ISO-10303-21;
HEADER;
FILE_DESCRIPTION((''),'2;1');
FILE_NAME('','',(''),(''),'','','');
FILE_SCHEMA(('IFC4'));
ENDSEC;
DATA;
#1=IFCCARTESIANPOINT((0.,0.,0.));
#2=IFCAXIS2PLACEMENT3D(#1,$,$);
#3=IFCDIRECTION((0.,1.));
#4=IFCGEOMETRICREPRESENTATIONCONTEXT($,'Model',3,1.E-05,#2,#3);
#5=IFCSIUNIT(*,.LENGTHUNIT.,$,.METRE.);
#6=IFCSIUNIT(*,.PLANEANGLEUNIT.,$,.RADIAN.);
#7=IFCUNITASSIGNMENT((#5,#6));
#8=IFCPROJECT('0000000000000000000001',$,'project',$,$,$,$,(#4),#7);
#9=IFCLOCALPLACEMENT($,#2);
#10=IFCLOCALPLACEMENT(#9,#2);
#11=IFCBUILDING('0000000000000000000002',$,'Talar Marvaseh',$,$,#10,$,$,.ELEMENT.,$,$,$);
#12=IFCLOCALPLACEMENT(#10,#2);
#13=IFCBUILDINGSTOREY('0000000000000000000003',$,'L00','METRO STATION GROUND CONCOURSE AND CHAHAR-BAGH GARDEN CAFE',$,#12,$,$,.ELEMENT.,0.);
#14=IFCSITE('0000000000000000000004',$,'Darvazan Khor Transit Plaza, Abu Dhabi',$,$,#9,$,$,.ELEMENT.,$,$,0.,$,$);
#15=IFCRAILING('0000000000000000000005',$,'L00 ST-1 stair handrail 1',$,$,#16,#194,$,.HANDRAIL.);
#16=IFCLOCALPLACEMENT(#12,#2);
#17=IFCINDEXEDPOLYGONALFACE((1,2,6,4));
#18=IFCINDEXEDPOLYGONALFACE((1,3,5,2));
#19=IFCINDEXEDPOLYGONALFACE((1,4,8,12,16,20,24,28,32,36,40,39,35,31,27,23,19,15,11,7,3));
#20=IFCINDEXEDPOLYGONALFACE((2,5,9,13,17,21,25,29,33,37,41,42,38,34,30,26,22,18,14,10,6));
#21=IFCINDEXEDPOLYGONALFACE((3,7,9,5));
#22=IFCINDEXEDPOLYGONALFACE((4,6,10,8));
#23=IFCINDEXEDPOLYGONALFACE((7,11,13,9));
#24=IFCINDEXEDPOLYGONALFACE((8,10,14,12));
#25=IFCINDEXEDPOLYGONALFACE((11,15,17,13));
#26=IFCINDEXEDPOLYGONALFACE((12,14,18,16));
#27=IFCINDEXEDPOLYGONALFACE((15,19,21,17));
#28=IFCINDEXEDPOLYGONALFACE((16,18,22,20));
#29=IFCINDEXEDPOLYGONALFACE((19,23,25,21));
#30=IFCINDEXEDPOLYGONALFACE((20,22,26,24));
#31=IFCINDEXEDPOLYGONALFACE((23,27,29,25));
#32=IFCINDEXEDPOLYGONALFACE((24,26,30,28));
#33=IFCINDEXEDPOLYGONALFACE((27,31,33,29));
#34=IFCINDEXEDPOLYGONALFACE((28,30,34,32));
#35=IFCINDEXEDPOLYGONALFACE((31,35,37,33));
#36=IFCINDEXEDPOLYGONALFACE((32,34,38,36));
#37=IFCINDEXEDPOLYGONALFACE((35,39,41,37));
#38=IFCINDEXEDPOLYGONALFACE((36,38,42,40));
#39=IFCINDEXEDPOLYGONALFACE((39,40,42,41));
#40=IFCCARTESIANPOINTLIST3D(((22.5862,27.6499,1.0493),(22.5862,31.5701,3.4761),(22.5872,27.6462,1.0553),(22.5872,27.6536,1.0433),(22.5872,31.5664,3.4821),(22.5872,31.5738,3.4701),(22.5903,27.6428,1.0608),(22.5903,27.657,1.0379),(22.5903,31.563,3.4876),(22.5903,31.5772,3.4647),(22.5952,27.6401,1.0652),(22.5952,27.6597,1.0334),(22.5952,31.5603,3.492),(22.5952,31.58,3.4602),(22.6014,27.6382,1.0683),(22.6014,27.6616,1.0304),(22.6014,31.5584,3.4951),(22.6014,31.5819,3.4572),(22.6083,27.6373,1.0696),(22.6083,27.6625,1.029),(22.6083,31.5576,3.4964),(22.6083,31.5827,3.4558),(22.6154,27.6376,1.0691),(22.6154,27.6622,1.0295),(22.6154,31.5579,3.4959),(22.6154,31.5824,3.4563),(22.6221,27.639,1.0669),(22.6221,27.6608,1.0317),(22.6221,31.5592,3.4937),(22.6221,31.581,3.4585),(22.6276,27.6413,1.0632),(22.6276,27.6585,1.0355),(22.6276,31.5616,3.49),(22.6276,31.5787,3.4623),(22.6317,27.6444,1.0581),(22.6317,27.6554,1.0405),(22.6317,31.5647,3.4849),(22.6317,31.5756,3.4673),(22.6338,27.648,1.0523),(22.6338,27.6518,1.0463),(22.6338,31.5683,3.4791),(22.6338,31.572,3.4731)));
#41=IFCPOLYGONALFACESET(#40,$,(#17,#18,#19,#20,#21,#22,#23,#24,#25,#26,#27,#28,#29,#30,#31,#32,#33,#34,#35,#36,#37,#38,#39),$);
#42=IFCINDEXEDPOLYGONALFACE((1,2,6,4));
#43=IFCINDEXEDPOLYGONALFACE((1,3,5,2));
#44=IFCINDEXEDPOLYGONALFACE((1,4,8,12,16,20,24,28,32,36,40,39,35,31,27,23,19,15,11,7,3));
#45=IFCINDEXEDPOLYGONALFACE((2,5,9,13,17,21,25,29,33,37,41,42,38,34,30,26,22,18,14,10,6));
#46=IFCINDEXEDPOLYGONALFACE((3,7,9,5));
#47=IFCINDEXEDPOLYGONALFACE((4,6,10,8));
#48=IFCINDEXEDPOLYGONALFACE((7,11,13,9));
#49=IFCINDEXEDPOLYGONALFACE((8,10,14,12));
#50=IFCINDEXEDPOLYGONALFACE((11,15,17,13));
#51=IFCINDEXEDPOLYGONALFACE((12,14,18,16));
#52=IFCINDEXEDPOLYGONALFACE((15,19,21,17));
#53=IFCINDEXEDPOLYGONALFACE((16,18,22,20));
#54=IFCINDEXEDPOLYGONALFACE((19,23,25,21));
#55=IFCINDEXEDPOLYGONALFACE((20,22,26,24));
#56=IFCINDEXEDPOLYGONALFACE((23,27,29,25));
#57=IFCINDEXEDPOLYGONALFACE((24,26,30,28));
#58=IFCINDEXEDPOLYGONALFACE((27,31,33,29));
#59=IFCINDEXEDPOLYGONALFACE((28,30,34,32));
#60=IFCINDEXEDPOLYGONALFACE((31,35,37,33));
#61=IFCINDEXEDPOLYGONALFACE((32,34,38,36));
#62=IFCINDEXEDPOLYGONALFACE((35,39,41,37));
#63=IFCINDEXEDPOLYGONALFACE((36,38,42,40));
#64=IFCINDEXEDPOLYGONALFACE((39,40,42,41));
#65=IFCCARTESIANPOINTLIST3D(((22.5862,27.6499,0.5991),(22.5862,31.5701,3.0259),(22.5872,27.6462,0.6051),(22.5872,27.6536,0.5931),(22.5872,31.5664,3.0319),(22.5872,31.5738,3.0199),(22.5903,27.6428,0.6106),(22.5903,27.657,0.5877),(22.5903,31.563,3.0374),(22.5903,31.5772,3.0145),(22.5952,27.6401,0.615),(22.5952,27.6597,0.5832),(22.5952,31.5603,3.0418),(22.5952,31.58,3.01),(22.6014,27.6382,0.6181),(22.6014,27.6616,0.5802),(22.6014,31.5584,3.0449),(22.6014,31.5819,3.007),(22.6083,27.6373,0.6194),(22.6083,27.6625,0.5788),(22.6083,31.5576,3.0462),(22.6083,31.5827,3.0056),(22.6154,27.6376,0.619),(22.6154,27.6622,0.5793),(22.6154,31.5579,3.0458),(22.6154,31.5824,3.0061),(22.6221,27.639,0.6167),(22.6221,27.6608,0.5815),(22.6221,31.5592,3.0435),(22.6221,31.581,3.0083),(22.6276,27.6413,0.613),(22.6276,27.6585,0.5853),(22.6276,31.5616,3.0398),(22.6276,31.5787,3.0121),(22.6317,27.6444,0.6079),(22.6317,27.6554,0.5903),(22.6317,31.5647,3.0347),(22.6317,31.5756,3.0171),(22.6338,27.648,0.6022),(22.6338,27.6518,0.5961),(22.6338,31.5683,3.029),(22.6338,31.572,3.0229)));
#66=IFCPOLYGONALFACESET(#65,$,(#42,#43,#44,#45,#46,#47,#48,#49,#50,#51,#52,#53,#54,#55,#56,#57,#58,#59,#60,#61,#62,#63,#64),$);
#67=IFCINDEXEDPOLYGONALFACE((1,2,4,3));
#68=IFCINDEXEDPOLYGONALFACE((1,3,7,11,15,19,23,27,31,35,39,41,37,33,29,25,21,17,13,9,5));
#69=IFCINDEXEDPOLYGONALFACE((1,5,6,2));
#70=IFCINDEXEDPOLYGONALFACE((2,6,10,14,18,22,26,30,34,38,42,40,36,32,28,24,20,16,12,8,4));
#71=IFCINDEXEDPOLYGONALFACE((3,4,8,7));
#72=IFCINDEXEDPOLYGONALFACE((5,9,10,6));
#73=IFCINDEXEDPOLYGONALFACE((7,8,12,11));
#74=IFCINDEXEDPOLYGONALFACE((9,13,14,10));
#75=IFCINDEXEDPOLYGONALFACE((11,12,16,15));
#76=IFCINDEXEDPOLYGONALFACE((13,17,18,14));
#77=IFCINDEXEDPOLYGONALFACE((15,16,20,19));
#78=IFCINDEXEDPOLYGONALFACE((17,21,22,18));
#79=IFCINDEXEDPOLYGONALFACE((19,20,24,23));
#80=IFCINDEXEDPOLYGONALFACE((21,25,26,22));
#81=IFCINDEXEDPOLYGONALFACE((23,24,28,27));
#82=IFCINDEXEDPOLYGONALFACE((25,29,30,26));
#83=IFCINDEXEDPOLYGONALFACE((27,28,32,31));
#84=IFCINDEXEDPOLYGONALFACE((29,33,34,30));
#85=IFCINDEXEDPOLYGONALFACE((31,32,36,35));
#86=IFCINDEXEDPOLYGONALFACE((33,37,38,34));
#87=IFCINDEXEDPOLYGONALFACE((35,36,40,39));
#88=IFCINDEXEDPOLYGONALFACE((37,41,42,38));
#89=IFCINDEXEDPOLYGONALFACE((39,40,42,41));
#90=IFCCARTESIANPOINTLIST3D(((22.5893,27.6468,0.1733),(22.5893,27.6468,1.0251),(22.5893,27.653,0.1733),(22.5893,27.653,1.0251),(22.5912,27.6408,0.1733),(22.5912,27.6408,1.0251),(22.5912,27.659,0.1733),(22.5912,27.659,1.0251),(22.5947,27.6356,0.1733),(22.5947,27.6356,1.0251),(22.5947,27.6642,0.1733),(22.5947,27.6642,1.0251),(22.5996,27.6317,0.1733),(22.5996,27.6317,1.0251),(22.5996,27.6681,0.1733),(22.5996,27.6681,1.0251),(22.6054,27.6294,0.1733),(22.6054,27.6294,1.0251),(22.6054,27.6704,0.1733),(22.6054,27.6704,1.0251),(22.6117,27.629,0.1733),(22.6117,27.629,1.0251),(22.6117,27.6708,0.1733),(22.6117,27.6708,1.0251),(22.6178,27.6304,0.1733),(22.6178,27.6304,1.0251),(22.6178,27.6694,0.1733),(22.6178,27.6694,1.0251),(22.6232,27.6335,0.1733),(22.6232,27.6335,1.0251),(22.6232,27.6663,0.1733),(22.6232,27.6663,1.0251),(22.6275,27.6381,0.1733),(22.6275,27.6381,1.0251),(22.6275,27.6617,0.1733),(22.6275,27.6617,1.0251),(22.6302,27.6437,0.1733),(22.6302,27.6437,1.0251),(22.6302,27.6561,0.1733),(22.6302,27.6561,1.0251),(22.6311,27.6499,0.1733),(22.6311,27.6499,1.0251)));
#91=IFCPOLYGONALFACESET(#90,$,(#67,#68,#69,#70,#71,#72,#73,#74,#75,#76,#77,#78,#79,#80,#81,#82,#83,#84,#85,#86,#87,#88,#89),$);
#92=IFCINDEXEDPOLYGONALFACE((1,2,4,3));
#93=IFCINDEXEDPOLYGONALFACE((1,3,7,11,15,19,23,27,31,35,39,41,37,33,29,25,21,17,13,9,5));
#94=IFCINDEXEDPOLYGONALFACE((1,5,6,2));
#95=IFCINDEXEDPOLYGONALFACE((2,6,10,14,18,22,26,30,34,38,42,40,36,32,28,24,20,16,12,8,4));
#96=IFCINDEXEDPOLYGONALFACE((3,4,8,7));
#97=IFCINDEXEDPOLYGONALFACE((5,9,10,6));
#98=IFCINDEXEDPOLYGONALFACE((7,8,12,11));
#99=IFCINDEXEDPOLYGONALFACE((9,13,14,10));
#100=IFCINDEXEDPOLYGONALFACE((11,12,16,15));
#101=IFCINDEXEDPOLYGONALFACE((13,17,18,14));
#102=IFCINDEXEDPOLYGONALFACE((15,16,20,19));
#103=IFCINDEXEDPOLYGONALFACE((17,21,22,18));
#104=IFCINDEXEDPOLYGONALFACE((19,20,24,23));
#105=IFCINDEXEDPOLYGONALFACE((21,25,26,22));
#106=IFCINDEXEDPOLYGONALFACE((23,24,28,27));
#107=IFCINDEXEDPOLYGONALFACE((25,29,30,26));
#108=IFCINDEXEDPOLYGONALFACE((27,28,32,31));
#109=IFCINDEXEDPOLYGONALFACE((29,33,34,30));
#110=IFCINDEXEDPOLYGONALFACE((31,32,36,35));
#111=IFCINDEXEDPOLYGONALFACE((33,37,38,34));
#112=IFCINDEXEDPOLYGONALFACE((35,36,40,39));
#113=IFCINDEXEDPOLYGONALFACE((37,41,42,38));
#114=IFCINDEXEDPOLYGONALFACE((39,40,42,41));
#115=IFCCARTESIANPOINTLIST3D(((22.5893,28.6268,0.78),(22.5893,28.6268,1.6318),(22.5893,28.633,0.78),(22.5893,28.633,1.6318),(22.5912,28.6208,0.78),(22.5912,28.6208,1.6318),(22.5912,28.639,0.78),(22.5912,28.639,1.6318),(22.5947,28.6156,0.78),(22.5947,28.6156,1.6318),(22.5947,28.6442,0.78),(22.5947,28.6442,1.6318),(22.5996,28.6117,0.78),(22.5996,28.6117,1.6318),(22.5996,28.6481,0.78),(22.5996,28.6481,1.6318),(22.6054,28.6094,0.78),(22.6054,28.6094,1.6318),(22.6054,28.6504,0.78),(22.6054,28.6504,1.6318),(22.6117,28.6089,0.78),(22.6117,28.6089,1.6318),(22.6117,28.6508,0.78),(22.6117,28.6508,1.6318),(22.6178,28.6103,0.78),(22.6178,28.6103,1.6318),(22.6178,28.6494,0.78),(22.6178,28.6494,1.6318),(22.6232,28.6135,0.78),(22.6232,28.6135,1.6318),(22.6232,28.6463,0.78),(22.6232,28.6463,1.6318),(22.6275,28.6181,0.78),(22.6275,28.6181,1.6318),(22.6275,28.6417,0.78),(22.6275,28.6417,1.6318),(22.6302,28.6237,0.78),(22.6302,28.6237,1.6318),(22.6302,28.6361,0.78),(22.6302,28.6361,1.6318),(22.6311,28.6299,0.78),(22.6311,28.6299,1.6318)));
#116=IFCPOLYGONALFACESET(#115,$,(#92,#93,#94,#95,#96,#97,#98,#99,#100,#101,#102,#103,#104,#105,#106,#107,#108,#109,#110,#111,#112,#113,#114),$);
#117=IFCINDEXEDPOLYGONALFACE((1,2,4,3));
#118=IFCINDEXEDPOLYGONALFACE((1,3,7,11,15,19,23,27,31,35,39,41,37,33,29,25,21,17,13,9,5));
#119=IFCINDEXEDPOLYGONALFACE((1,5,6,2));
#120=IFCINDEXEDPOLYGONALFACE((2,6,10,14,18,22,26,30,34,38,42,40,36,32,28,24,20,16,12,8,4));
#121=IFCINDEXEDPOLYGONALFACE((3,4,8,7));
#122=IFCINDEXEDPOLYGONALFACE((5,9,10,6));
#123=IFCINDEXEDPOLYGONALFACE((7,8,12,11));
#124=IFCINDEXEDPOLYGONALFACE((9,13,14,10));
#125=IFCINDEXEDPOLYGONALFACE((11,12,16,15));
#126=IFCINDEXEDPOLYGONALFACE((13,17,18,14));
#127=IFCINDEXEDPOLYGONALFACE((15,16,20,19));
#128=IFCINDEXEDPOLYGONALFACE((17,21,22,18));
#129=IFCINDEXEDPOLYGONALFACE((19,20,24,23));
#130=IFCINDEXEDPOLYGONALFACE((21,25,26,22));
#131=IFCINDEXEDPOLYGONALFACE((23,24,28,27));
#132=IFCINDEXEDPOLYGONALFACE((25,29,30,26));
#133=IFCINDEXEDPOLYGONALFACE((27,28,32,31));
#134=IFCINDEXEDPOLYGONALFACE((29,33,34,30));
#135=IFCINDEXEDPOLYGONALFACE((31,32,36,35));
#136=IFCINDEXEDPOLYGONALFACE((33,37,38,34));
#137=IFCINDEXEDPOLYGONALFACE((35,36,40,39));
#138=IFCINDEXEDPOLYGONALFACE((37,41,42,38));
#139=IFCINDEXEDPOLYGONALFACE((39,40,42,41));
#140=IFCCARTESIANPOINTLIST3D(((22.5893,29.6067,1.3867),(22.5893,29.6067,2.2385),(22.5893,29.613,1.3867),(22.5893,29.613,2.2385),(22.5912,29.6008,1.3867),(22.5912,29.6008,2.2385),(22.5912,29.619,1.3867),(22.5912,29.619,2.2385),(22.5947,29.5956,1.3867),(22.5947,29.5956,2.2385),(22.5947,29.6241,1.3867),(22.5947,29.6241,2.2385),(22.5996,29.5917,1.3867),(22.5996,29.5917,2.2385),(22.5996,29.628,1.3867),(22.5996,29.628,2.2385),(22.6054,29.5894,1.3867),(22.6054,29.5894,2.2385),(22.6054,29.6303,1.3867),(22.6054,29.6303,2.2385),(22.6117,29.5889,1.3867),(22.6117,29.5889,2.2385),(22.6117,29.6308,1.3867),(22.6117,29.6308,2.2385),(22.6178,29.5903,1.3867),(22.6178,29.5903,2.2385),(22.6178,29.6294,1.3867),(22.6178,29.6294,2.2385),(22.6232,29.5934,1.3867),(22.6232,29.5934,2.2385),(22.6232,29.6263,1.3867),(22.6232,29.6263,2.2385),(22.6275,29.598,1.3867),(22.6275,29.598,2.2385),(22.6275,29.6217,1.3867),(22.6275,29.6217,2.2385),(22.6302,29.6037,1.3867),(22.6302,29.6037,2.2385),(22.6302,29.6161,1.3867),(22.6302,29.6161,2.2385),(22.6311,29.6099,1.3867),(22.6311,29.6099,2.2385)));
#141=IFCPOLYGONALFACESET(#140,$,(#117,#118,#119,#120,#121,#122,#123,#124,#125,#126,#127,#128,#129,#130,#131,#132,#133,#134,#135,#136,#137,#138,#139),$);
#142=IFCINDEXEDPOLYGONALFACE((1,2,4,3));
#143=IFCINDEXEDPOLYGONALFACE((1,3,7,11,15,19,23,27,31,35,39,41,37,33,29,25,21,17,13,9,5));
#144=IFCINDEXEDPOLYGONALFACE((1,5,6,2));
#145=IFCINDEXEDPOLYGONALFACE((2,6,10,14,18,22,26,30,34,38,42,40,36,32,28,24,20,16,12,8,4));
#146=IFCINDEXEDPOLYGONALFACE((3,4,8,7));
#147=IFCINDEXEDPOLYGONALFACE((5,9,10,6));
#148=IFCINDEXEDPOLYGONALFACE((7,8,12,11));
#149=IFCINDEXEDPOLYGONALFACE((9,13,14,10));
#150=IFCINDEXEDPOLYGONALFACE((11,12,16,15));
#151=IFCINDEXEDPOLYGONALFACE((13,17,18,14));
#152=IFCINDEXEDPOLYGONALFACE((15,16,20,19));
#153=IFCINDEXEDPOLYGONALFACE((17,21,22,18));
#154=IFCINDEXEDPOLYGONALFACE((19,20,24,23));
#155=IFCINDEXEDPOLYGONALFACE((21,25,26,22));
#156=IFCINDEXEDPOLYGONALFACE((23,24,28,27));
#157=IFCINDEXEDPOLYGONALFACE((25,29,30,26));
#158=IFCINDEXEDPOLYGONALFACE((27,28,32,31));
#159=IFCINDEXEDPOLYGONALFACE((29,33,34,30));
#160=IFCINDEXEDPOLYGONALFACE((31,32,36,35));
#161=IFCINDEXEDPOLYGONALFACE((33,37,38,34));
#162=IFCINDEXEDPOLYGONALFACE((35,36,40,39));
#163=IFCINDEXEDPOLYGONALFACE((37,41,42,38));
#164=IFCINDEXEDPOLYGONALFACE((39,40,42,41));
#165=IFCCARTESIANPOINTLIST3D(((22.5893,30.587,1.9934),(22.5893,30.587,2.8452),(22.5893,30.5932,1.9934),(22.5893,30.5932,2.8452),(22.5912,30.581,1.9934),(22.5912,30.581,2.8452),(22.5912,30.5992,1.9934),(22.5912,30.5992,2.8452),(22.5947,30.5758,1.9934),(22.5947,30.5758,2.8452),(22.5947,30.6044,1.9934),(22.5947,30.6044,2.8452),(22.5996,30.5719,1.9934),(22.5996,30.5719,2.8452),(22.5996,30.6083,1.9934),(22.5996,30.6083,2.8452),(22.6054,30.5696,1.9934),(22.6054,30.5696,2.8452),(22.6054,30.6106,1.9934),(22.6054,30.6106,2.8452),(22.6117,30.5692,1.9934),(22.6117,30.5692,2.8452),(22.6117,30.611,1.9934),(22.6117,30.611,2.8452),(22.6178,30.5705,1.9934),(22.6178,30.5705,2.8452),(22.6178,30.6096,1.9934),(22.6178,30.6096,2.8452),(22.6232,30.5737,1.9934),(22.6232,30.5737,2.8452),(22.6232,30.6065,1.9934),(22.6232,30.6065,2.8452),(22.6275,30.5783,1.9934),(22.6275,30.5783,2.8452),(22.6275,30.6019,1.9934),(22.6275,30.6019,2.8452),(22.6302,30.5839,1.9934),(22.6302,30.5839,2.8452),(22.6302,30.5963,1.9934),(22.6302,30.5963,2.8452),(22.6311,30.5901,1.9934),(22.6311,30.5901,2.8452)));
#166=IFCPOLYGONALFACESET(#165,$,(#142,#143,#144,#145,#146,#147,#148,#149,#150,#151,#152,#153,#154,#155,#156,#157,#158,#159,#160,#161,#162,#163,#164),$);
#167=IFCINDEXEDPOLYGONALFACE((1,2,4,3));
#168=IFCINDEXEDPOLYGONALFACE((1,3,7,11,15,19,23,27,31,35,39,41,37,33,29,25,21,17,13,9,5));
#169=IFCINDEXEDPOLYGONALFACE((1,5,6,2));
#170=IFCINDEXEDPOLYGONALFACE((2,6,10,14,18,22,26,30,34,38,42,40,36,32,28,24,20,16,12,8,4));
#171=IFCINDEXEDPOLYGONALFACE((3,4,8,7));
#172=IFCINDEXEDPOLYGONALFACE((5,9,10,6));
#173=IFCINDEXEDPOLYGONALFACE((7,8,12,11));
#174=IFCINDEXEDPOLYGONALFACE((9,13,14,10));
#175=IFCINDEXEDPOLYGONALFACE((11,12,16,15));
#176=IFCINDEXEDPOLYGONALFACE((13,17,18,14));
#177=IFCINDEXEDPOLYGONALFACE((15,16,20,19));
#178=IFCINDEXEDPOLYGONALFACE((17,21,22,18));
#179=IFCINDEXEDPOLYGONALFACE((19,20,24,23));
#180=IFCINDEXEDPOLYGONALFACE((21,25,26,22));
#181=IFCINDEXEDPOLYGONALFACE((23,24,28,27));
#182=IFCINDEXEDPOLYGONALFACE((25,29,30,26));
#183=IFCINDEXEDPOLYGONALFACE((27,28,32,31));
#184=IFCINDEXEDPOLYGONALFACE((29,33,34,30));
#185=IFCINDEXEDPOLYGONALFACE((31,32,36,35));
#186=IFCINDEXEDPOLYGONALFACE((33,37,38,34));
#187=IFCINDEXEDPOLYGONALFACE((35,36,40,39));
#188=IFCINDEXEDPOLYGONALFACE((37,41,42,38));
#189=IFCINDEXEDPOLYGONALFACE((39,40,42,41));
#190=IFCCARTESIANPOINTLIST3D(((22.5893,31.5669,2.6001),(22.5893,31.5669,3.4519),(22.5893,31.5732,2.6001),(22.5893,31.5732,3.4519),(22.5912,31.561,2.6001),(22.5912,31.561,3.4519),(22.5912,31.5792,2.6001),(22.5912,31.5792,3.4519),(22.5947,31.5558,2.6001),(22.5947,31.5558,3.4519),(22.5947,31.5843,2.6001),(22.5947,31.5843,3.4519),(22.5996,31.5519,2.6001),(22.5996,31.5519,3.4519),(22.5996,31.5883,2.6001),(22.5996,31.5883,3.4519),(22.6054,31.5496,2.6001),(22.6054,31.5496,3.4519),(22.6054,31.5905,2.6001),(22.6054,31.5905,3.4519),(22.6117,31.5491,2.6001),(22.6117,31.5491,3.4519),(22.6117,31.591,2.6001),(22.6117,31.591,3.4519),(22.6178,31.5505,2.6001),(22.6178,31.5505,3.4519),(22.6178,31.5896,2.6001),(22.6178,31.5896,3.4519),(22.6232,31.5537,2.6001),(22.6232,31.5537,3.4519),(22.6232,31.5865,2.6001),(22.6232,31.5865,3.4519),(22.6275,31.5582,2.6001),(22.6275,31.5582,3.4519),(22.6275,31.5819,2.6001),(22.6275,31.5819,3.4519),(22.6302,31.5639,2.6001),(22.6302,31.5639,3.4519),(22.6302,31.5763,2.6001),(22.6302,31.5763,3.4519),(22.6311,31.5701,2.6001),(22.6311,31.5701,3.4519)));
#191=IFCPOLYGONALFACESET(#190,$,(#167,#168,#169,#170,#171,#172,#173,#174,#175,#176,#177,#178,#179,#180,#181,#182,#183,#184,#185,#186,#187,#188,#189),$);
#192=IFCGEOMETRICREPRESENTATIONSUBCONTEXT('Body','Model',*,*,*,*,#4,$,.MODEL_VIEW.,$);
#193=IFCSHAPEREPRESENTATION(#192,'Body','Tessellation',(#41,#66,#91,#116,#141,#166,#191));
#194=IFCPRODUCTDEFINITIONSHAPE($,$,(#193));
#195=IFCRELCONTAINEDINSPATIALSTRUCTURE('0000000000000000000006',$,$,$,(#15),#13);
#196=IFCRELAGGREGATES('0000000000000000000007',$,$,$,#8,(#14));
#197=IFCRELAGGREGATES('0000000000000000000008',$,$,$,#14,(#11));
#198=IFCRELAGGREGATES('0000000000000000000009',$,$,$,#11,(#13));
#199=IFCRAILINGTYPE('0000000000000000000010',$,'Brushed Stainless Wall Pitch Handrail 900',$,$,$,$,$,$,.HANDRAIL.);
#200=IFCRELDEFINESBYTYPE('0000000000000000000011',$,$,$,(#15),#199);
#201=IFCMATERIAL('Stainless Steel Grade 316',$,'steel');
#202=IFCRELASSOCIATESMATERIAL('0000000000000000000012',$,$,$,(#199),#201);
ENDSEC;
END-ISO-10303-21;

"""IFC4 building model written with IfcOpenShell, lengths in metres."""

from ifc_helpers import new_model, si_unit, direction, frame, origin, origin_2d, place, context, subcontext, project, spatial, circle, extrude, material, type_object, element, save


model = new_model("IFC4")

# Units and contexts
model_context = context("Model", 3, precision=1e-05, world=origin(), true_north=direction((0.0, 1.0)))
body_context = subcontext(model_context, "Body", "Model", "MODEL_VIEW")
ifc_project = project(units=[si_unit("LENGTHUNIT", "METRE"), si_unit("PLANEANGLEUNIT", "RADIAN")], contexts=[model_context])

# Site, building, storey
site_placement = place(None, origin())
site = spatial("IfcSite", under=ifc_project, at=site_placement, Name="Darvazan Khor Transit Plaza, Abu Dhabi", CompositionType="ELEMENT", RefElevation=0.0)
building_placement = place(site_placement, origin())
building = spatial("IfcBuilding", under=site, at=building_placement, Name="Talar Marvaseh", CompositionType="ELEMENT")
storey_placement = place(building_placement, origin())
storey = spatial("IfcBuildingStorey", under=building, at=storey_placement, Name="L00", Description="METRO STATION GROUND CONCOURSE AND CHAHAR-BAGH GARDEN CAFE", CompositionType="ELEMENT", Elevation=0.0)

# Shared definitions
ifc_material_1 = material(Name="Stainless Steel Grade 316", Category="steel")

# Railing
railing_type_1 = type_object("IfcRailingType", Name="Brushed Stainless Wall Pitch Handrail 900", PredefinedType="HANDRAIL", material=ifc_material_1)
railing_1_placement = place(storey_placement, frame((22.6101, 27.6499, 0.1733)))
element("IfcRailing", 1, at=railing_1_placement, inside=storey, type_object=railing_type_1, Name="L00 ST-1 stair handrail 1", PredefinedType="HANDRAIL", context=body_context, shape_type="SweptSolid", body=[
    extrude(circle(Radius=0.0239, at=origin_2d()), frame((0.0, 0.0, 0.876), z_axis=(0.0, 0.850266, 0.526353), x_axis=(-1.0, 0.0, 0.0)), (0.0, 0.0, 1.0), 4.6106),
    extrude(circle(Radius=0.0239, at=origin_2d()), frame((0.0, 0.0, 0.4258), z_axis=(0.0, 0.850266, 0.526353), x_axis=(-1.0, 0.0, 0.0)), (0.0, 0.0, 1.0), 4.6106),
    extrude(circle(Radius=0.021, at=origin_2d()), origin(), (0.0, 0.0, 1.0), 0.8518),
    extrude(circle(Radius=0.021, at=origin_2d()), frame((0.0, 0.98, 0.6067)), (0.0, 0.0, 1.0), 0.8518),
    extrude(circle(Radius=0.021, at=origin_2d()), frame((0.0, 1.96, 1.2134)), (0.0, 0.0, 1.0), 0.8518),
    extrude(circle(Radius=0.021, at=origin_2d()), frame((0.0, 2.9402, 1.8201)), (0.0, 0.0, 1.0), 0.8518),
    extrude(circle(Radius=0.021, at=origin_2d()), frame((0.0, 3.9202, 2.4268)), (0.0, 0.0, 1.0), 0.8518),
])

save(model, "model.ifc")
